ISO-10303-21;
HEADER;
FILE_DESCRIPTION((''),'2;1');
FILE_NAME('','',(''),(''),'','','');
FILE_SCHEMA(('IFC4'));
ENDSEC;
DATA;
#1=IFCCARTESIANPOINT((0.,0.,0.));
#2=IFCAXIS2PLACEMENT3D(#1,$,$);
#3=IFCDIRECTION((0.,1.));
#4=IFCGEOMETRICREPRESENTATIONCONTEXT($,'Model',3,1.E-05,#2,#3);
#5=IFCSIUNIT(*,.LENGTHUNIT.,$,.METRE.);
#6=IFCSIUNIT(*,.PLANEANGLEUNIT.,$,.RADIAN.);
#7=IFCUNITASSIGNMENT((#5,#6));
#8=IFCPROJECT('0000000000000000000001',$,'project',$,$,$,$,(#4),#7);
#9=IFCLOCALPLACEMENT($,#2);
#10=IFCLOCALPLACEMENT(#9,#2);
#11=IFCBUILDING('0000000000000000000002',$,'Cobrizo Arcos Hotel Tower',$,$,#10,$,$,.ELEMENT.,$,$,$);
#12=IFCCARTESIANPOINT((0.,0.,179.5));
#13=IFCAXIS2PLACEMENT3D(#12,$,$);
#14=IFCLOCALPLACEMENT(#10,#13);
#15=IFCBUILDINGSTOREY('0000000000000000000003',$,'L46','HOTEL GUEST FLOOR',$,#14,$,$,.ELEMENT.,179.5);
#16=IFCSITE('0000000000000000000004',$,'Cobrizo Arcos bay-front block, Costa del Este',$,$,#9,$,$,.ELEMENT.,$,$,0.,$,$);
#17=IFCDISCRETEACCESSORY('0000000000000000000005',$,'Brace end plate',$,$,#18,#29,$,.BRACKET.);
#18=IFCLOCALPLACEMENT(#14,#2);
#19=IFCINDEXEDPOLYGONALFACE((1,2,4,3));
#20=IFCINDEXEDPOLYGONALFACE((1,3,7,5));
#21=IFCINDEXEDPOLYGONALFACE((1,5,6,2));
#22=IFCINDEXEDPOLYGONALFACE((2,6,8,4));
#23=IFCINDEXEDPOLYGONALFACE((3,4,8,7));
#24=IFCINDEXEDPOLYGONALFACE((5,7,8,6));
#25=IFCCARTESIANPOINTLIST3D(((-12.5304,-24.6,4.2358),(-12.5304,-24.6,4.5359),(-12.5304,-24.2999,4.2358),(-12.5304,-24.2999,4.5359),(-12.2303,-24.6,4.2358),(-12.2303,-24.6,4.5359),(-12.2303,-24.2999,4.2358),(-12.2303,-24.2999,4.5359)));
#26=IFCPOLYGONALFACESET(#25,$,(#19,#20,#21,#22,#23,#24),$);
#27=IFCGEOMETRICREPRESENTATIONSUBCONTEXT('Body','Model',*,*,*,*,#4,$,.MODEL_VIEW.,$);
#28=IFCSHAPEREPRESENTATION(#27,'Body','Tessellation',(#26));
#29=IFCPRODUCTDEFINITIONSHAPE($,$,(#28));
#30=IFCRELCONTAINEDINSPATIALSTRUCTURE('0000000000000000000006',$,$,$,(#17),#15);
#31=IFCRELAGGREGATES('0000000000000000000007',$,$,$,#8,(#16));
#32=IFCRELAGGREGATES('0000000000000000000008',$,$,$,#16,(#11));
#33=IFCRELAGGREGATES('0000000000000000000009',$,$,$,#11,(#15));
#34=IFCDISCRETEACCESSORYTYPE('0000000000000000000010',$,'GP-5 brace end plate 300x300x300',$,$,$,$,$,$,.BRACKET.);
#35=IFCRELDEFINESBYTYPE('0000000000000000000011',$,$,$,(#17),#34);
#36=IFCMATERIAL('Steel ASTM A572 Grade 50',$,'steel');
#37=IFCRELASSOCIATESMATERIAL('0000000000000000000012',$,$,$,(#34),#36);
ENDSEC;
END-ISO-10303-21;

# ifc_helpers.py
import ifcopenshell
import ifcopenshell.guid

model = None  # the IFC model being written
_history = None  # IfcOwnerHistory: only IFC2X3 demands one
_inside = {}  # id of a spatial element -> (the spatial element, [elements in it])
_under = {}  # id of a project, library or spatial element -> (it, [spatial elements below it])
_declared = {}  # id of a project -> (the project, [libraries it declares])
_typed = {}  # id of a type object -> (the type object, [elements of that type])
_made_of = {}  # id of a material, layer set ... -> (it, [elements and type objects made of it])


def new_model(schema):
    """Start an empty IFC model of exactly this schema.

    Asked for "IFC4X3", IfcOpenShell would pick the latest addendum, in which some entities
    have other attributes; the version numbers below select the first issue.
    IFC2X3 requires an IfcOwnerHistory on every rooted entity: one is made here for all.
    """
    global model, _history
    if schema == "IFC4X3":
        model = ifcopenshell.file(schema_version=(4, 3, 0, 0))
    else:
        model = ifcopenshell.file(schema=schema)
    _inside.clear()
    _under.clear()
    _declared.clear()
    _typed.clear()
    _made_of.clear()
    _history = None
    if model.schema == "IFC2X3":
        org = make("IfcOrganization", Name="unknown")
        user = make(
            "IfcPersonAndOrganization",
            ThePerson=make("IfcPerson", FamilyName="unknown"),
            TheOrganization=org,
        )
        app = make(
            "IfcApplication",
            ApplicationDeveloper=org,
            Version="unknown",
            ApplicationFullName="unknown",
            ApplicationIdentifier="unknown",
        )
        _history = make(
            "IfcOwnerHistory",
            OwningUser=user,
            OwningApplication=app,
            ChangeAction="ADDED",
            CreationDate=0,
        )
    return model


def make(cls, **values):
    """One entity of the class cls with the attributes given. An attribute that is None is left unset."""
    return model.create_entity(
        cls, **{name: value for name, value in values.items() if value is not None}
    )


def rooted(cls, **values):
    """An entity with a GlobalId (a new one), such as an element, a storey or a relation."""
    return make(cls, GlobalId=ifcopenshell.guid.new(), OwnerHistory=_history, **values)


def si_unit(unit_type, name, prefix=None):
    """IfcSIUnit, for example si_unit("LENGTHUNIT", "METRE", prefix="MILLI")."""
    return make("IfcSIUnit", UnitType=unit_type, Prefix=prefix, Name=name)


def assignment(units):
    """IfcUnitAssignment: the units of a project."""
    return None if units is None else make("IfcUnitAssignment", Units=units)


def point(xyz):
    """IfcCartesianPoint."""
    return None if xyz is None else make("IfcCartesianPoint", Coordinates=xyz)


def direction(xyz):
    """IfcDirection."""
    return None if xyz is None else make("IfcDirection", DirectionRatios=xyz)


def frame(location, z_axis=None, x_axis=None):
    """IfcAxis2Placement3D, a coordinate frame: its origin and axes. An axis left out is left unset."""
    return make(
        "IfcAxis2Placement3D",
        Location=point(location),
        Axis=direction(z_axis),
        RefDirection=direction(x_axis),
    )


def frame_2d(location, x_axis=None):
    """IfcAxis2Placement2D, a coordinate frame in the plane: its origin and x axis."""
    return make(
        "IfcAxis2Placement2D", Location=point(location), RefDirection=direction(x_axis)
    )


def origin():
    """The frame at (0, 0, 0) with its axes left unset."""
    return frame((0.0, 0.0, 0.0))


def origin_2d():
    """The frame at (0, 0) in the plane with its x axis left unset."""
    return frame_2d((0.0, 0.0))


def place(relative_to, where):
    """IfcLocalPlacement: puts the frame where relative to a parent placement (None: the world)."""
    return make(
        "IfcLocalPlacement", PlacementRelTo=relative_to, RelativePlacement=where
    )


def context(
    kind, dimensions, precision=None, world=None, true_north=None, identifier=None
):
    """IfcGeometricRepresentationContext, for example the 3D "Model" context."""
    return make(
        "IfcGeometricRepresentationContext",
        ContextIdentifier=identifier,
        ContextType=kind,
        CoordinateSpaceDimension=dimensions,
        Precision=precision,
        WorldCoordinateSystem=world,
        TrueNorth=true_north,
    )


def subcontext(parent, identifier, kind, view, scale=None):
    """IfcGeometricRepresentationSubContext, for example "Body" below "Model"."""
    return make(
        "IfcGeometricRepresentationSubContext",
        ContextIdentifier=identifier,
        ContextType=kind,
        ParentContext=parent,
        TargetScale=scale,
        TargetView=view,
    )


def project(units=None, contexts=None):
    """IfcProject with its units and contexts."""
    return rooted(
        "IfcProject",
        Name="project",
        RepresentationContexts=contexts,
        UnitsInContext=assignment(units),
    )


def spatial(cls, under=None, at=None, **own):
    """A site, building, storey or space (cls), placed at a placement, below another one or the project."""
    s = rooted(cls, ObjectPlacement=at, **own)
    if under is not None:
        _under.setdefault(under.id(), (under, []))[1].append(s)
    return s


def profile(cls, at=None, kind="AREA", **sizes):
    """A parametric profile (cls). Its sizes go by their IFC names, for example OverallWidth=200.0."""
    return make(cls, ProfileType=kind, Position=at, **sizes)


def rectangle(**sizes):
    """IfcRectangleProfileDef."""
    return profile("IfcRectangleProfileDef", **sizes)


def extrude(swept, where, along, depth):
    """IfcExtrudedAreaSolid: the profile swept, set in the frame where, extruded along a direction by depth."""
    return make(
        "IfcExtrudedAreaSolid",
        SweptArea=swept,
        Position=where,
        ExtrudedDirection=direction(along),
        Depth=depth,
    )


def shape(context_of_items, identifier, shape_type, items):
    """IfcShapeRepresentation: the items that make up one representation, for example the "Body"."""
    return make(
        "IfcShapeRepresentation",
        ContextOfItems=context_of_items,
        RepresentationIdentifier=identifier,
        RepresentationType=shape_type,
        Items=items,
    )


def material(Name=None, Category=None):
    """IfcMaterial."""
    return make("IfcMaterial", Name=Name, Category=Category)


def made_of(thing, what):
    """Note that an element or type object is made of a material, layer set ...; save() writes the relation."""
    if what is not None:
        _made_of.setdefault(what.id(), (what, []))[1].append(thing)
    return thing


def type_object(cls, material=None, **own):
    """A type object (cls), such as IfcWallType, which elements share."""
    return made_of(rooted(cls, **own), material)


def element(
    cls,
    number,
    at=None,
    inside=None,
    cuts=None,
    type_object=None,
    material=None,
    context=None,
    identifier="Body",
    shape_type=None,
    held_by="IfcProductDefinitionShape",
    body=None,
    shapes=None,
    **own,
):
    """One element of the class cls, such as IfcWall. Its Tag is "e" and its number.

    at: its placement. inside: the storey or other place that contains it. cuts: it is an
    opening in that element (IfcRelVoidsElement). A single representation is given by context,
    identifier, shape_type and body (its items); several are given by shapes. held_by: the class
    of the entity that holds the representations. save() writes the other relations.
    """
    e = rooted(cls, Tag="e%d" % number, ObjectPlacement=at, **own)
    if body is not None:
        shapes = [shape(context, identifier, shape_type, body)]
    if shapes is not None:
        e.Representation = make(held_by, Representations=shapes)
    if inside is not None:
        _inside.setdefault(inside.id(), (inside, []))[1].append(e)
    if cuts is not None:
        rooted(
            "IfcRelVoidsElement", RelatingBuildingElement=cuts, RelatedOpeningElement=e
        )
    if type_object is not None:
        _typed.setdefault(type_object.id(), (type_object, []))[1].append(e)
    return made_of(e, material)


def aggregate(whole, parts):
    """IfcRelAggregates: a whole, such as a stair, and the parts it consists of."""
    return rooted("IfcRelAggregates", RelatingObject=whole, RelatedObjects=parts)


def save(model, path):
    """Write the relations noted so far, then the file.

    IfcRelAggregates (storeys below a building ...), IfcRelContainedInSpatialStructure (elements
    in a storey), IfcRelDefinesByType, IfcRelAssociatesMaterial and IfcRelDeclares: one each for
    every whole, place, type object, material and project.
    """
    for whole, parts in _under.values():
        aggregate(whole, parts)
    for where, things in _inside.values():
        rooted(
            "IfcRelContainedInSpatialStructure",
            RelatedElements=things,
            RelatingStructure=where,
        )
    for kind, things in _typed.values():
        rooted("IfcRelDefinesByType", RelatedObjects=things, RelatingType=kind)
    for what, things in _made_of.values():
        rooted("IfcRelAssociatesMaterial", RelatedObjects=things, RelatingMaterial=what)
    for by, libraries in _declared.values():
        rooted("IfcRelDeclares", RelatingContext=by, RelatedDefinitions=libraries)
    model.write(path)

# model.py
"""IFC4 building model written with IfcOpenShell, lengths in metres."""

from ifc_helpers import new_model, si_unit, direction, frame, origin, origin_2d, place, context, subcontext, project, spatial, rectangle, extrude, material, type_object, element, save


model = new_model("IFC4")

# Units and contexts
model_context = context("Model", 3, precision=1e-05, world=origin(), true_north=direction((0.0, 1.0)))
body_context = subcontext(model_context, "Body", "Model", "MODEL_VIEW")
ifc_project = project(units=[si_unit("LENGTHUNIT", "METRE"), si_unit("PLANEANGLEUNIT", "RADIAN")], contexts=[model_context])

# Site, building, storey
site_placement = place(None, origin())
site = spatial("IfcSite", under=ifc_project, at=site_placement, Name="Cobrizo Arcos bay-front block, Costa del Este", CompositionType="ELEMENT", RefElevation=0.0)
building_placement = place(site_placement, origin())
building = spatial("IfcBuilding", under=site, at=building_placement, Name="Cobrizo Arcos Hotel Tower", CompositionType="ELEMENT")
storey_placement = place(building_placement, frame((0.0, 0.0, 179.5)))
storey = spatial("IfcBuildingStorey", under=building, at=storey_placement, Name="L46", Description="HOTEL GUEST FLOOR", CompositionType="ELEMENT", Elevation=179.5)

# Shared definitions
ifc_material_1 = material(Name="Steel ASTM A572 Grade 50", Category="steel")

# Discrete accessory
discrete_accessory_type_1 = type_object("IfcDiscreteAccessoryType", Name="GP-5 brace end plate 300x300x300", PredefinedType="BRACKET", material=ifc_material_1)
for number, where, z_axis, x_axis, name in (
    (1, (-12.3804, -24.45, 4.2358), (0.0, 0.0, 1.0), (1.0, 0.0, 0.0), "Brace end plate"),
):
    element("IfcDiscreteAccessory", number, at=place(storey_placement, frame(where, z_axis=z_axis, x_axis=x_axis)), inside=storey, type_object=discrete_accessory_type_1, Name=name, PredefinedType="BRACKET", context=body_context, shape_type="SweptSolid", body=[
        extrude(rectangle(XDim=0.3, YDim=0.3, at=origin_2d()), origin(), (0.0, 0.0, 1.0), 0.3),
    ])

save(model, "model.ifc")
